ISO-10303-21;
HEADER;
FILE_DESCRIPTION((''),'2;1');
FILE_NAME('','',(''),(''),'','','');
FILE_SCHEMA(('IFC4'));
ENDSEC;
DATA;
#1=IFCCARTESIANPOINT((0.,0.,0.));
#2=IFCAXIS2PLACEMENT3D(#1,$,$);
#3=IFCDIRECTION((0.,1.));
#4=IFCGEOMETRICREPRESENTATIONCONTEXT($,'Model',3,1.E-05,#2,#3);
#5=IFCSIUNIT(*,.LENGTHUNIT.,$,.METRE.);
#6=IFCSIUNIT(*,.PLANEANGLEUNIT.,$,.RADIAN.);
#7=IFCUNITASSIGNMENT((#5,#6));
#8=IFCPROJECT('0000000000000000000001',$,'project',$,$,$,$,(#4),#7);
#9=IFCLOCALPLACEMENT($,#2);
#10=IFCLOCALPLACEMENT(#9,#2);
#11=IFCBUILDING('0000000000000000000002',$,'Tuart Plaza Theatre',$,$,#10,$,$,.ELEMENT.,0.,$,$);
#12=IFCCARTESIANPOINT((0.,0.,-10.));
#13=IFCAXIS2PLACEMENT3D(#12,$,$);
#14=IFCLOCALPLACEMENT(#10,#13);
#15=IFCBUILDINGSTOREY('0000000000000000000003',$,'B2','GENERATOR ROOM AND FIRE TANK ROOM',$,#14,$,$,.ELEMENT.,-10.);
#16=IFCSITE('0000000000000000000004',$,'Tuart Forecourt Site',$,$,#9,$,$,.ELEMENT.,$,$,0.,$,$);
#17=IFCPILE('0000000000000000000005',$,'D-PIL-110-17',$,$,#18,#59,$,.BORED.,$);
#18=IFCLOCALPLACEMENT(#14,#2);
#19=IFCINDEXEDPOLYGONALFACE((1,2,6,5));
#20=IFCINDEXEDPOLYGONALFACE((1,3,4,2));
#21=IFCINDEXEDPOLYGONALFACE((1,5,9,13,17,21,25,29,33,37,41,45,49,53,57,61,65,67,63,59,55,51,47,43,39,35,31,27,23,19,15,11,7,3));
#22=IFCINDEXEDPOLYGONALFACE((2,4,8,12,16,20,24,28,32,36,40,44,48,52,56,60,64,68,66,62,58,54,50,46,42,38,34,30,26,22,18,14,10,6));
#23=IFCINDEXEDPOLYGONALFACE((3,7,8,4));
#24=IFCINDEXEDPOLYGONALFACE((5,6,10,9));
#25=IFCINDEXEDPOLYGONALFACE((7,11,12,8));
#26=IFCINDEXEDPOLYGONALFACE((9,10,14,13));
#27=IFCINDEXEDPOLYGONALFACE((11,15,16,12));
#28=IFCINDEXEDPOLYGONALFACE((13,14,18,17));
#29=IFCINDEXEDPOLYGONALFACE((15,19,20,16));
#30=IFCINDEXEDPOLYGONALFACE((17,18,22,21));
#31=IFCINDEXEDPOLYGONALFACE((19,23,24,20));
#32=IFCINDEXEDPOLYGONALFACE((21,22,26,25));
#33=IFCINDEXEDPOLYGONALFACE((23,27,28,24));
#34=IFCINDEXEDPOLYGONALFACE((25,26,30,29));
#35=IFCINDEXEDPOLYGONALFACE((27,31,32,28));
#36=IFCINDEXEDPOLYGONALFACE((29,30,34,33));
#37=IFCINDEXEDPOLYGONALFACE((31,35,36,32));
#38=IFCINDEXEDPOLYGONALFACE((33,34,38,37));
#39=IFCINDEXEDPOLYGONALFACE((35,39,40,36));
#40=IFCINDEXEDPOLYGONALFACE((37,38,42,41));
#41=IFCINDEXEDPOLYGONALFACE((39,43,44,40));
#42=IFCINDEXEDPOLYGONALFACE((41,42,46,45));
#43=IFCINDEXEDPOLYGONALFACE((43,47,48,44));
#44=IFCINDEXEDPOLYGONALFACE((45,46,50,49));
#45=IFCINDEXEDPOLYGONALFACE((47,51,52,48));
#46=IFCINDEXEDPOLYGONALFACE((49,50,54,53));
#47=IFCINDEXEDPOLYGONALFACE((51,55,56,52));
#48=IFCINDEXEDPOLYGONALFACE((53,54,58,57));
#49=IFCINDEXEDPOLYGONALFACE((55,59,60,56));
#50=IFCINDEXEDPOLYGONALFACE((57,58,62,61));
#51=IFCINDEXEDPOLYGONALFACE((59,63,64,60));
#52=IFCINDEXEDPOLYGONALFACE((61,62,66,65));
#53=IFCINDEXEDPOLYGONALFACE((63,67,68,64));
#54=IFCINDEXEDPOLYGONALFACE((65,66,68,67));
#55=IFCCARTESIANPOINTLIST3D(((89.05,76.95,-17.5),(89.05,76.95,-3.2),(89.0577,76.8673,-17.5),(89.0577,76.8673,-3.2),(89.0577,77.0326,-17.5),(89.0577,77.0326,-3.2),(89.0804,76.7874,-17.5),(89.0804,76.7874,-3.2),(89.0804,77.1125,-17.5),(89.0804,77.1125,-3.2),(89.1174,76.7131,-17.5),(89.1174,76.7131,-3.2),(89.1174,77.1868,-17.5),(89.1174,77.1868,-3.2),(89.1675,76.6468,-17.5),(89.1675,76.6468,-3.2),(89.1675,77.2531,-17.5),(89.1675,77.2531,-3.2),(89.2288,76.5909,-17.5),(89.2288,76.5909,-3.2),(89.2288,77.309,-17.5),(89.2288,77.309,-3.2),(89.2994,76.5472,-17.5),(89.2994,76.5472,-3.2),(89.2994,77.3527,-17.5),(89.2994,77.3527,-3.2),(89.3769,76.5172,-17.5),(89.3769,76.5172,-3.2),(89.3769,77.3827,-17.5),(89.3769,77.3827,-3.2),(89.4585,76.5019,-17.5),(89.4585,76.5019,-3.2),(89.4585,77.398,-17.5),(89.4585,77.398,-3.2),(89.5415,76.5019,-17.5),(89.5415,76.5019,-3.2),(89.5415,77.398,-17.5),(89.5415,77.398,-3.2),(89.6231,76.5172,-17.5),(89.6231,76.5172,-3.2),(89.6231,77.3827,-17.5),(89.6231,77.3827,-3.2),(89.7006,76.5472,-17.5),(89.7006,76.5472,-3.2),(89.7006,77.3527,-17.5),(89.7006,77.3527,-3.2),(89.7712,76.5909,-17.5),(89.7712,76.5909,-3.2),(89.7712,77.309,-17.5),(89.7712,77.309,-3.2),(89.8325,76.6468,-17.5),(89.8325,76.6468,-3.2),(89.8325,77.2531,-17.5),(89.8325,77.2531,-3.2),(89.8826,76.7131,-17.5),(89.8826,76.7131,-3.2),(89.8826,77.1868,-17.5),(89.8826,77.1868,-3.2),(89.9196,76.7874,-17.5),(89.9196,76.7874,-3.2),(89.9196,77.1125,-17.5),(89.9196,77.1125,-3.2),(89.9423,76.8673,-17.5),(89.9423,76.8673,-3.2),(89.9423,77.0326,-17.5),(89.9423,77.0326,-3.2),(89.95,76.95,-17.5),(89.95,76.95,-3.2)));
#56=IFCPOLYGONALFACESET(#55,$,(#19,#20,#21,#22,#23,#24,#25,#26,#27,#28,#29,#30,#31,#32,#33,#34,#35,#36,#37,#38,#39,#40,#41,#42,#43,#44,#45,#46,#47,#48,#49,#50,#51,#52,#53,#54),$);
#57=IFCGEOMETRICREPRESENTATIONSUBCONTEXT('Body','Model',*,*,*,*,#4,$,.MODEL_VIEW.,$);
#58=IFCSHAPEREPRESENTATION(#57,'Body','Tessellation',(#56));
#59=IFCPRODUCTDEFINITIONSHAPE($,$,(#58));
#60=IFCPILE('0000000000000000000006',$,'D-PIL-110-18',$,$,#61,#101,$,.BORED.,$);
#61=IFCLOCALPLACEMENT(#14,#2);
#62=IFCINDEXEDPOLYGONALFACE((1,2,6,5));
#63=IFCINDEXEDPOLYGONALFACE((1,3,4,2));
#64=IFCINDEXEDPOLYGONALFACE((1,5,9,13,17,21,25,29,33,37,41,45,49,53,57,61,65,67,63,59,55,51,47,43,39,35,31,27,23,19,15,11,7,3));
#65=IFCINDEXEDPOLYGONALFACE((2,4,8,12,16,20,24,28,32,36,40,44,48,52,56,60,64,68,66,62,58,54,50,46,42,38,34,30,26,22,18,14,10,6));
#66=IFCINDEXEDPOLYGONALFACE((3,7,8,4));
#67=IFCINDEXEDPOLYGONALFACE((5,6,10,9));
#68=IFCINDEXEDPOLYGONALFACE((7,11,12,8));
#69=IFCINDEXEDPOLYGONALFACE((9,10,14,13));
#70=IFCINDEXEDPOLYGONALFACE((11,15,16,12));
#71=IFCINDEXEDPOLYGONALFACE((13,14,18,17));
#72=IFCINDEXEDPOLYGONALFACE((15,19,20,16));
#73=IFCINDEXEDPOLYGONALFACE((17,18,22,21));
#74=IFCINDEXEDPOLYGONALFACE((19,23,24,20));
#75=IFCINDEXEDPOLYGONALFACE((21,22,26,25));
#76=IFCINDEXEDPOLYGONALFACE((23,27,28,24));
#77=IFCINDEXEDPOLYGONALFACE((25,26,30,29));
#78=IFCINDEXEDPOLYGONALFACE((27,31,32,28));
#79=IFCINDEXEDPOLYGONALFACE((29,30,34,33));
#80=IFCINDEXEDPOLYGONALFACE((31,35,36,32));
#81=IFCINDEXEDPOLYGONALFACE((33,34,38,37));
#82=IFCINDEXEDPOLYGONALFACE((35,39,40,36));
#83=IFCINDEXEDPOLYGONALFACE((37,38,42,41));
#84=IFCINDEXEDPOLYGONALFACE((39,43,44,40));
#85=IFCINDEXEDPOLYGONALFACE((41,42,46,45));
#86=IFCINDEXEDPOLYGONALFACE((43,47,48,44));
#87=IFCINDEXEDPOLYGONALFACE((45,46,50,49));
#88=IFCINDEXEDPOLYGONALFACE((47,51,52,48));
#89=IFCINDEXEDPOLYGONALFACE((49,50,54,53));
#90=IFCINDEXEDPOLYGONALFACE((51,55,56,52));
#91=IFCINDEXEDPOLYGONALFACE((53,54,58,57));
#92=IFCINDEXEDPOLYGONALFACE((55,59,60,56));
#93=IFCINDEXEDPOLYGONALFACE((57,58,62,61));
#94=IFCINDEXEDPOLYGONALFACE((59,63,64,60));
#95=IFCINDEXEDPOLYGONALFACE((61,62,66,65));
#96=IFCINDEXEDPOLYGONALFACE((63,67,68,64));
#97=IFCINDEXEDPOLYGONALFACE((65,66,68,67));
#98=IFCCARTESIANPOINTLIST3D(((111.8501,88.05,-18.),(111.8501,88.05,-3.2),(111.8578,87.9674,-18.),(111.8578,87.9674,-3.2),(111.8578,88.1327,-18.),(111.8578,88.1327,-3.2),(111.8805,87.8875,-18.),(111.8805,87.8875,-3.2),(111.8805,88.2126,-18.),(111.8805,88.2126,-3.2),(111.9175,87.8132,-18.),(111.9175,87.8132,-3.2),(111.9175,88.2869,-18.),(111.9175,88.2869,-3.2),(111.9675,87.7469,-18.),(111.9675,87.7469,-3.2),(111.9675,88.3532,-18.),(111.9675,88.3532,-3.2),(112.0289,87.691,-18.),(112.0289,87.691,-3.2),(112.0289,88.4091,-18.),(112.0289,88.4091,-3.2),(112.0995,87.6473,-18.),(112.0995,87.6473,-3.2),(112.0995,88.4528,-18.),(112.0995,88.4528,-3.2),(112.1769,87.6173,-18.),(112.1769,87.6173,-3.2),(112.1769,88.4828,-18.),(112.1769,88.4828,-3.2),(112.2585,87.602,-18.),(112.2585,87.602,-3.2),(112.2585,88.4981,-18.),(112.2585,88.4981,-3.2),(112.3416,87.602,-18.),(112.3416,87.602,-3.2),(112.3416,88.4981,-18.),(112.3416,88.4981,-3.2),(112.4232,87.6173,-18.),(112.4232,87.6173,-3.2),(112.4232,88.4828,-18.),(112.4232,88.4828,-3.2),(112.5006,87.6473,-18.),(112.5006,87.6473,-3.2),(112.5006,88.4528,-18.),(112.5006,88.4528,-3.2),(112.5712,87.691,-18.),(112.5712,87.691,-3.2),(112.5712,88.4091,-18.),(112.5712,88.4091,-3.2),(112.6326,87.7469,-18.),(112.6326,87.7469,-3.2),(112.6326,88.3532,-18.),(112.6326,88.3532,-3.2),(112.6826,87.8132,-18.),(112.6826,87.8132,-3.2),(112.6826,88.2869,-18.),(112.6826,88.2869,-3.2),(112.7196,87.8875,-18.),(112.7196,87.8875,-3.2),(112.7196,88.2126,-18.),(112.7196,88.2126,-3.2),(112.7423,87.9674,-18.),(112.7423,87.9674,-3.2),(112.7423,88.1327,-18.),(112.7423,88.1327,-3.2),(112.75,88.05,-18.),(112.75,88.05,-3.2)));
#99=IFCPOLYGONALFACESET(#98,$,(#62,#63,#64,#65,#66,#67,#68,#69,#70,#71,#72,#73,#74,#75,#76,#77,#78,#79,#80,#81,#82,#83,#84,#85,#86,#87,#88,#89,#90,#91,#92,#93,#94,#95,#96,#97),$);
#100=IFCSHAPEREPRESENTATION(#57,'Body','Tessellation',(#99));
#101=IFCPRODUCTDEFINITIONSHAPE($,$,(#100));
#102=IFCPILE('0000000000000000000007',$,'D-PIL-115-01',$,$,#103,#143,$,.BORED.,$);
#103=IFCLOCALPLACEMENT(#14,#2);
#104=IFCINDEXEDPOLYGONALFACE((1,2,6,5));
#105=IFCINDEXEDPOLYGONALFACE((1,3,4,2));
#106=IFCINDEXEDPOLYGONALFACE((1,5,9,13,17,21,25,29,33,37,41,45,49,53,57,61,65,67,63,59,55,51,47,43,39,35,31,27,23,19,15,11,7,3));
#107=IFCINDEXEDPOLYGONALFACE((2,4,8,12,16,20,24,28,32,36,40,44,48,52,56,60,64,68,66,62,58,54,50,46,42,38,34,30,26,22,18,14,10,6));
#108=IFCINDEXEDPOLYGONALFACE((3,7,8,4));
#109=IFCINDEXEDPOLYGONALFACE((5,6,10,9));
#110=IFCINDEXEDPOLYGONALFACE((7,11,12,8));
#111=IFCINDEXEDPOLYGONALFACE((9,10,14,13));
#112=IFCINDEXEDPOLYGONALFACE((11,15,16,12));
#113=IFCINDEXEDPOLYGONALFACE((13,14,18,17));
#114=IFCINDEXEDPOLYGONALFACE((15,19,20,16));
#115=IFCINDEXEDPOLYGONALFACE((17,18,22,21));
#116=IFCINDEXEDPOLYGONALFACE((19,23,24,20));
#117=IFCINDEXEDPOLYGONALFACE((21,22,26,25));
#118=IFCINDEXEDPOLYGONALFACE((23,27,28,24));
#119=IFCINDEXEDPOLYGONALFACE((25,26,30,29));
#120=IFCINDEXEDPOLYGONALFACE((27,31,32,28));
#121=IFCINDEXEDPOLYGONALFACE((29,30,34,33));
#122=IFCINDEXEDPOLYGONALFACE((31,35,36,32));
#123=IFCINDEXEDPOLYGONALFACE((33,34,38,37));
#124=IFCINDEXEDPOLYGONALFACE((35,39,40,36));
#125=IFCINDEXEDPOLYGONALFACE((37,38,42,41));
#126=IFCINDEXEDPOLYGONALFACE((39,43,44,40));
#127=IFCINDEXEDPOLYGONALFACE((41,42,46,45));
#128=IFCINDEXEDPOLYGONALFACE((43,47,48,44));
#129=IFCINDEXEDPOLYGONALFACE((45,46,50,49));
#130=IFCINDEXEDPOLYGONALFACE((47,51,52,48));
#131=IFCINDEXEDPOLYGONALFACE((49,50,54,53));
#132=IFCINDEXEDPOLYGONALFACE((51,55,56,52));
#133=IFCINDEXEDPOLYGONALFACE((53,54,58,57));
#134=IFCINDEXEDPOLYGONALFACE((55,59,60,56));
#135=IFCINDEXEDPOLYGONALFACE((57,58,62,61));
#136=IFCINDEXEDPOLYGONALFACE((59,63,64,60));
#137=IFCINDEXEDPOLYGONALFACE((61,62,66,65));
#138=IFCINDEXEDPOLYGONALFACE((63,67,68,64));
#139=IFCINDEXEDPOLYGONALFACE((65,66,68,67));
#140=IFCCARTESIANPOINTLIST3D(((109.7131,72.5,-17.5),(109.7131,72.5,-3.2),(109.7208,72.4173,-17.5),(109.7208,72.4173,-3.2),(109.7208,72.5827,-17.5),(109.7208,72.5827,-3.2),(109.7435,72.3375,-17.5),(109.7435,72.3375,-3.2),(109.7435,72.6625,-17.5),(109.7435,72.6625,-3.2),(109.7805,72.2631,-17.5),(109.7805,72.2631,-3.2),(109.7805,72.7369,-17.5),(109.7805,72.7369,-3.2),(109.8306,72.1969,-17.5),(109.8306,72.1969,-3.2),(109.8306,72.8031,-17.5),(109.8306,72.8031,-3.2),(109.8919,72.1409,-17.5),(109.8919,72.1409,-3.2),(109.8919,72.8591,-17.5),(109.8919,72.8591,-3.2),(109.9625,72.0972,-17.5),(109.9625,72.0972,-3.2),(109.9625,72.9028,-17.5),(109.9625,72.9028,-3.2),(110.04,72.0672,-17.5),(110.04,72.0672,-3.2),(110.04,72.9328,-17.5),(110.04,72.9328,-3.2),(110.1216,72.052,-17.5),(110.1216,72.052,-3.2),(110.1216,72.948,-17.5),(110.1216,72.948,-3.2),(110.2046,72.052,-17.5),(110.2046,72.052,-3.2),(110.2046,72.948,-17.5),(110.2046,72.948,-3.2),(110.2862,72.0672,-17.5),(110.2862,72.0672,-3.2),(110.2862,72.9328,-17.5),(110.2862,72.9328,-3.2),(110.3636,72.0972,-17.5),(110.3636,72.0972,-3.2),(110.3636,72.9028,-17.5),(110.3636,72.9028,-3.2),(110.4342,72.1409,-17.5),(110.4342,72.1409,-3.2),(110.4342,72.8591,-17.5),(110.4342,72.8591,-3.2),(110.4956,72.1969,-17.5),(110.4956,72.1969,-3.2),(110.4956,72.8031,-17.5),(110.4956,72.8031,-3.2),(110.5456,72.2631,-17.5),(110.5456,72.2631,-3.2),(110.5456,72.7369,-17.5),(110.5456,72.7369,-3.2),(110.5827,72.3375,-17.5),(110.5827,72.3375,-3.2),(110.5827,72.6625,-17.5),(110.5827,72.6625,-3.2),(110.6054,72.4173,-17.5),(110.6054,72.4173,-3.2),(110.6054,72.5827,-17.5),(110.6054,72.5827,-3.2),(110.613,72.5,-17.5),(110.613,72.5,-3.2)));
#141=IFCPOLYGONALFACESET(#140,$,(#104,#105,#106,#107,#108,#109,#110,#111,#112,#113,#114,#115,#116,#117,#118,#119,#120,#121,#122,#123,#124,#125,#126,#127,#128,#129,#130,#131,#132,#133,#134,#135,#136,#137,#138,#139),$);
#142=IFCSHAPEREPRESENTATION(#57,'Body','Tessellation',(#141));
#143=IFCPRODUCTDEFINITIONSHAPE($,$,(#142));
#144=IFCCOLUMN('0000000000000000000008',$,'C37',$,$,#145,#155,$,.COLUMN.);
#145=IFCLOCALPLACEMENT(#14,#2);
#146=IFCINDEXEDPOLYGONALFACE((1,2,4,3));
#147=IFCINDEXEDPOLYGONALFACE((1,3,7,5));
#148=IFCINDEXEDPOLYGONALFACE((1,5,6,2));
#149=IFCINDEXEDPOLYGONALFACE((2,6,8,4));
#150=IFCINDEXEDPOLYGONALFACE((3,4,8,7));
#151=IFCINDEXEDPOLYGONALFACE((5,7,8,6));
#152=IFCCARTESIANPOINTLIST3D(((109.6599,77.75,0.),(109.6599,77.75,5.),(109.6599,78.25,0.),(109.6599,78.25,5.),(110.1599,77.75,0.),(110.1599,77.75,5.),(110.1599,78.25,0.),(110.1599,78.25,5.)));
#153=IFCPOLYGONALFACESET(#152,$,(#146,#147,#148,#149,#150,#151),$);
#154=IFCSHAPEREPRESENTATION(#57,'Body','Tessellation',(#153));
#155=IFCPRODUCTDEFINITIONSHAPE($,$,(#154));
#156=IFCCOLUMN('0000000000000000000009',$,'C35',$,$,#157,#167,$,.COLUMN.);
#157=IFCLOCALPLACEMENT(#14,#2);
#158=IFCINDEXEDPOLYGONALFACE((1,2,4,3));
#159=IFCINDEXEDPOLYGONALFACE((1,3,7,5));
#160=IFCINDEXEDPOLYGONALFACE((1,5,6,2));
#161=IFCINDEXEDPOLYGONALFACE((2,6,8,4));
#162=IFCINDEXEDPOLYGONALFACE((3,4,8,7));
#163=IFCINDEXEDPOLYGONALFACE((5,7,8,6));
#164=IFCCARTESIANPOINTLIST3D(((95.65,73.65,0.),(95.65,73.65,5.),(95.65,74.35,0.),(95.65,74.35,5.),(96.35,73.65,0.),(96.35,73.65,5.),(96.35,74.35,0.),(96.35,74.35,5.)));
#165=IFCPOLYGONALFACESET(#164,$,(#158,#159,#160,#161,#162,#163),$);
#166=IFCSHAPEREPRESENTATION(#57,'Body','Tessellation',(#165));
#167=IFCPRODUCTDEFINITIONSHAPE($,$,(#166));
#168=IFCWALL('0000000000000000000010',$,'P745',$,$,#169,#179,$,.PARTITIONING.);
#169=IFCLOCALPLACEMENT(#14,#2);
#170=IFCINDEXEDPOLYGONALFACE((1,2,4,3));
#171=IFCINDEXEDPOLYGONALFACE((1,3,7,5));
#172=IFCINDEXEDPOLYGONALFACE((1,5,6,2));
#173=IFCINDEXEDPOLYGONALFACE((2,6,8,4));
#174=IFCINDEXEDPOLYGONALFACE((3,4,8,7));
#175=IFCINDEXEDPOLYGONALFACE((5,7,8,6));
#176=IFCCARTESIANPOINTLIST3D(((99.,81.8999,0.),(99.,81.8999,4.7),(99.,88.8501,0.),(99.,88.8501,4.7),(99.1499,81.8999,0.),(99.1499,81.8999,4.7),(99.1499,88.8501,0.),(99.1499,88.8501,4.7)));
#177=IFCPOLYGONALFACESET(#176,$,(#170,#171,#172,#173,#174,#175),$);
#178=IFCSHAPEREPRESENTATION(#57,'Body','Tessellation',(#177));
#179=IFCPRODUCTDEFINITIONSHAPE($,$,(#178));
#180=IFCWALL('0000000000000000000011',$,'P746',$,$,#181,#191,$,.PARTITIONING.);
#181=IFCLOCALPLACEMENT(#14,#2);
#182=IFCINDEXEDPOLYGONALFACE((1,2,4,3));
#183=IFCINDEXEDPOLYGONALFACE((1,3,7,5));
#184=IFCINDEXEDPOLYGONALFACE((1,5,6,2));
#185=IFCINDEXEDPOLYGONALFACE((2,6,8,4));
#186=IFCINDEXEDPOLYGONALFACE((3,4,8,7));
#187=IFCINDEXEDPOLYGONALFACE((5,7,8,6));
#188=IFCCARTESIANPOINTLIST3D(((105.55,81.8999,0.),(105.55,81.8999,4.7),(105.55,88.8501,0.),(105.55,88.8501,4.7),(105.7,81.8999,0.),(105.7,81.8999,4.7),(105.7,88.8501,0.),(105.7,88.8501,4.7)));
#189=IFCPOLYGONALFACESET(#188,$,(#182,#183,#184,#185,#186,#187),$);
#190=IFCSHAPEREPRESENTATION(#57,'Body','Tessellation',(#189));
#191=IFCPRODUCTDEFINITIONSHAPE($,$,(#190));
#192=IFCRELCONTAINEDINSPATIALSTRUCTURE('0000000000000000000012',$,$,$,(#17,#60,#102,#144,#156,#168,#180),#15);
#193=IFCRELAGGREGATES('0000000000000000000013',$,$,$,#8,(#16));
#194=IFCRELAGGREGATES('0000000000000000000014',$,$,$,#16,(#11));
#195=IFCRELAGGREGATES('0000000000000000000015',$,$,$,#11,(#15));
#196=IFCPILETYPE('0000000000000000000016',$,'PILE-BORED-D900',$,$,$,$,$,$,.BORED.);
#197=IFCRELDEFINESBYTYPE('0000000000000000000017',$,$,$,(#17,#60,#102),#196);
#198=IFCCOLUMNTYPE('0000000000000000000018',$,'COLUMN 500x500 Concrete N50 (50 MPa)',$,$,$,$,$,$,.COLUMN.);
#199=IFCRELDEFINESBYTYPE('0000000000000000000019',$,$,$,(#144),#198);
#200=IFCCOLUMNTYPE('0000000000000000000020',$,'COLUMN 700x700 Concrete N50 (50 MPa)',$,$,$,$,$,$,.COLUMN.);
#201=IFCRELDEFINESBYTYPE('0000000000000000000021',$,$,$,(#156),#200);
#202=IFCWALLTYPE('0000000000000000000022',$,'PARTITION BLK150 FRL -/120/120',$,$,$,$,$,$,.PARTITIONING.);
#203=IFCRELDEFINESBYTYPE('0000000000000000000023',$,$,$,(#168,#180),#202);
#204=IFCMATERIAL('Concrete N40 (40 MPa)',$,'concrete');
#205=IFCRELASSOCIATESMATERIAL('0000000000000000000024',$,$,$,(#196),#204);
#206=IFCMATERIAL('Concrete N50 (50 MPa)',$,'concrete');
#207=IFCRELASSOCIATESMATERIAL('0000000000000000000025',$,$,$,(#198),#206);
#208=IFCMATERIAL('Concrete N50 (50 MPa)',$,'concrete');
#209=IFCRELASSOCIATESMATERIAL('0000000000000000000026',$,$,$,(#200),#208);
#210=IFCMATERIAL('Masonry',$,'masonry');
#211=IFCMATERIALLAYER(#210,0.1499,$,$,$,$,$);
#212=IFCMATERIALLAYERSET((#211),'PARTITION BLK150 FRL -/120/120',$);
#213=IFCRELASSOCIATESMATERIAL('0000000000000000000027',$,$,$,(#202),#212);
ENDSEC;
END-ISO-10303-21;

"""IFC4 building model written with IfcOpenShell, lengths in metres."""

from ifc_helpers import new_model, si_unit, direction, frame, frame_2d, origin, origin_2d, place, context, subcontext, project, spatial, rectangle, circle, extrude, material, layer, layer_set, material_profile, profile_set, type_object, element, save


model = new_model("IFC4")

# Units and contexts
model_context = context("Model", 3, precision=1e-05, world=origin(), true_north=direction((0.0, 1.0)))
body_context = subcontext(model_context, "Body", "Model", "MODEL_VIEW")
ifc_project = project(units=[si_unit("LENGTHUNIT", "METRE"), si_unit("PLANEANGLEUNIT", "RADIAN")], contexts=[model_context])

# Site, building, storey
site_placement = place(None, origin())
site = spatial("IfcSite", under=ifc_project, at=site_placement, Name="Tuart Forecourt Site", CompositionType="ELEMENT", RefElevation=0.0)
building_placement = place(site_placement, origin())
building = spatial("IfcBuilding", under=site, at=building_placement, Name="Tuart Plaza Theatre", CompositionType="ELEMENT", ElevationOfRefHeight=0.0)
storey_placement = place(building_placement, frame((0.0, 0.0, -10.0)))
storey = spatial("IfcBuildingStorey", under=building, at=storey_placement, Name="B2", Description="GENERATOR ROOM AND FIRE TANK ROOM", CompositionType="ELEMENT", Elevation=-10.0)

# Piles
ifc_material_1 = material(Name="Concrete N40 (40 MPa)", Category="concrete")
ifc_material_profile_1 = material_profile(ifc_material_1, circle(Radius=0.45, at=origin_2d()), Name="PILE-BORED-D900")
ifc_profile_set_1 = profile_set([ifc_material_profile_1], Name="Concrete N40 (40 MPa)")
pile_type_1 = type_object("IfcPileType", Name="PILE-BORED-D900", PredefinedType="BORED", material=ifc_profile_set_1)
for number, where, z_axis, x_axis, name in (
    (1, (89.5, 76.95, -3.2), (0.0, 0.0, -1.0), (1.0, 0.0, 0.0), "D-PIL-110-17"),
):
    element("IfcPile", number, at=place(storey_placement, frame(where, z_axis=z_axis, x_axis=x_axis)), inside=storey, type_object=pile_type_1, Name=name, PredefinedType="BORED", context=body_context, shape_type="SweptSolid", body=[
        extrude(circle(Radius=0.45, at=origin_2d()), origin(), (0.0, 0.0, 1.0), 14.3),
    ])
pile_1_placement = place(storey_placement, frame((112.3, 88.05, -3.2), z_axis=(0.0, 0.0, -1.0), x_axis=(1.0, 0.0, 0.0)))
element("IfcPile", 2, at=pile_1_placement, inside=storey, type_object=pile_type_1, Name="D-PIL-110-18", PredefinedType="BORED", context=body_context, shape_type="SweptSolid", body=[
    extrude(circle(Radius=0.45, at=origin_2d()), origin(), (0.0, 0.0, 1.0), 14.8),
])
pile_2_placement = place(storey_placement, frame((110.1631, 72.5, -3.2), z_axis=(0.0, 0.0, -1.0), x_axis=(1.0, 0.0, 0.0)))
element("IfcPile", 3, at=pile_2_placement, inside=storey, type_object=pile_type_1, Name="D-PIL-115-01", PredefinedType="BORED", context=body_context, shape_type="SweptSolid", body=[
    extrude(circle(Radius=0.45, at=origin_2d()), origin(), (0.0, 0.0, 1.0), 14.3),
])

# Columns
ifc_material_2 = material(Name="Concrete N50 (50 MPa)", Category="concrete")
ifc_material_profile_2 = material_profile(ifc_material_2, rectangle(XDim=0.5, YDim=0.5, at=origin_2d()), Name="COLUMN 500x500 Concrete N50 (50 MPa)")
ifc_profile_set_2 = profile_set([ifc_material_profile_2], Name="Concrete N50 (50 MPa)")
column_type_1 = type_object("IfcColumnType", Name="COLUMN 500x500 Concrete N50 (50 MPa)", PredefinedType="COLUMN", material=ifc_profile_set_2)
column_1_placement = place(storey_placement, frame((109.9099, 78.0, 0.0), z_axis=(0.0, 0.0, 1.0), x_axis=(1.0, 0.0, 0.0)))
element("IfcColumn", 4, at=column_1_placement, inside=storey, type_object=column_type_1, Name="C37", PredefinedType="COLUMN", context=body_context, shape_type="SweptSolid", body=[
    extrude(rectangle(XDim=0.5, YDim=0.5, at=origin_2d()), origin(), (0.0, 0.0, 1.0), 5.0),
])
ifc_material_3 = material(Name="Concrete N50 (50 MPa)", Category="concrete")
ifc_material_profile_3 = material_profile(ifc_material_3, rectangle(XDim=0.7, YDim=0.7, at=origin_2d()), Name="COLUMN 700x700 Concrete N50 (50 MPa)")
ifc_profile_set_3 = profile_set([ifc_material_profile_3], Name="Concrete N50 (50 MPa)")
column_type_2 = type_object("IfcColumnType", Name="COLUMN 700x700 Concrete N50 (50 MPa)", PredefinedType="COLUMN", material=ifc_profile_set_3)
column_2_placement = place(storey_placement, frame((96.0, 74.0, 0.0), z_axis=(0.0, 0.0, 1.0), x_axis=(1.0, 0.0, 0.0)))
element("IfcColumn", 5, at=column_2_placement, inside=storey, type_object=column_type_2, Name="C35", PredefinedType="COLUMN", context=body_context, shape_type="SweptSolid", body=[
    extrude(rectangle(XDim=0.7, YDim=0.7, at=origin_2d()), origin(), (0.0, 0.0, 1.0), 5.0),
])

# Walls
ifc_material_4 = material(Name="Masonry", Category="masonry")
ifc_layer_1 = layer(ifc_material_4, 0.1499)
ifc_layer_set_1 = layer_set([ifc_layer_1], Name="PARTITION BLK150 FRL -/120/120")
wall_type_1 = type_object("IfcWallType", Name="PARTITION BLK150 FRL -/120/120", PredefinedType="PARTITIONING", material=ifc_layer_set_1)
for number, where, z_axis, x_axis, name in (
    (6, (99.075, 81.8999, 0.0), (0.0, 0.0, 1.0), (0.0, 1.0, 0.0), "P745"),
    (7, (105.625, 81.8999, 0.0), (0.0, 0.0, 1.0), (0.0, 1.0, 0.0), "P746"),
):
    element("IfcWall", number, at=place(storey_placement, frame(where, z_axis=z_axis, x_axis=x_axis)), inside=storey, type_object=wall_type_1, Name=name, PredefinedType="PARTITIONING", context=body_context, shape_type="SweptSolid", body=[
        extrude(rectangle(XDim=6.9502, YDim=0.1499, at=frame_2d((3.4751, 0.0))), origin(), (0.0, 0.0, 1.0), 4.7),
    ])

save(model, "model.ifc")
